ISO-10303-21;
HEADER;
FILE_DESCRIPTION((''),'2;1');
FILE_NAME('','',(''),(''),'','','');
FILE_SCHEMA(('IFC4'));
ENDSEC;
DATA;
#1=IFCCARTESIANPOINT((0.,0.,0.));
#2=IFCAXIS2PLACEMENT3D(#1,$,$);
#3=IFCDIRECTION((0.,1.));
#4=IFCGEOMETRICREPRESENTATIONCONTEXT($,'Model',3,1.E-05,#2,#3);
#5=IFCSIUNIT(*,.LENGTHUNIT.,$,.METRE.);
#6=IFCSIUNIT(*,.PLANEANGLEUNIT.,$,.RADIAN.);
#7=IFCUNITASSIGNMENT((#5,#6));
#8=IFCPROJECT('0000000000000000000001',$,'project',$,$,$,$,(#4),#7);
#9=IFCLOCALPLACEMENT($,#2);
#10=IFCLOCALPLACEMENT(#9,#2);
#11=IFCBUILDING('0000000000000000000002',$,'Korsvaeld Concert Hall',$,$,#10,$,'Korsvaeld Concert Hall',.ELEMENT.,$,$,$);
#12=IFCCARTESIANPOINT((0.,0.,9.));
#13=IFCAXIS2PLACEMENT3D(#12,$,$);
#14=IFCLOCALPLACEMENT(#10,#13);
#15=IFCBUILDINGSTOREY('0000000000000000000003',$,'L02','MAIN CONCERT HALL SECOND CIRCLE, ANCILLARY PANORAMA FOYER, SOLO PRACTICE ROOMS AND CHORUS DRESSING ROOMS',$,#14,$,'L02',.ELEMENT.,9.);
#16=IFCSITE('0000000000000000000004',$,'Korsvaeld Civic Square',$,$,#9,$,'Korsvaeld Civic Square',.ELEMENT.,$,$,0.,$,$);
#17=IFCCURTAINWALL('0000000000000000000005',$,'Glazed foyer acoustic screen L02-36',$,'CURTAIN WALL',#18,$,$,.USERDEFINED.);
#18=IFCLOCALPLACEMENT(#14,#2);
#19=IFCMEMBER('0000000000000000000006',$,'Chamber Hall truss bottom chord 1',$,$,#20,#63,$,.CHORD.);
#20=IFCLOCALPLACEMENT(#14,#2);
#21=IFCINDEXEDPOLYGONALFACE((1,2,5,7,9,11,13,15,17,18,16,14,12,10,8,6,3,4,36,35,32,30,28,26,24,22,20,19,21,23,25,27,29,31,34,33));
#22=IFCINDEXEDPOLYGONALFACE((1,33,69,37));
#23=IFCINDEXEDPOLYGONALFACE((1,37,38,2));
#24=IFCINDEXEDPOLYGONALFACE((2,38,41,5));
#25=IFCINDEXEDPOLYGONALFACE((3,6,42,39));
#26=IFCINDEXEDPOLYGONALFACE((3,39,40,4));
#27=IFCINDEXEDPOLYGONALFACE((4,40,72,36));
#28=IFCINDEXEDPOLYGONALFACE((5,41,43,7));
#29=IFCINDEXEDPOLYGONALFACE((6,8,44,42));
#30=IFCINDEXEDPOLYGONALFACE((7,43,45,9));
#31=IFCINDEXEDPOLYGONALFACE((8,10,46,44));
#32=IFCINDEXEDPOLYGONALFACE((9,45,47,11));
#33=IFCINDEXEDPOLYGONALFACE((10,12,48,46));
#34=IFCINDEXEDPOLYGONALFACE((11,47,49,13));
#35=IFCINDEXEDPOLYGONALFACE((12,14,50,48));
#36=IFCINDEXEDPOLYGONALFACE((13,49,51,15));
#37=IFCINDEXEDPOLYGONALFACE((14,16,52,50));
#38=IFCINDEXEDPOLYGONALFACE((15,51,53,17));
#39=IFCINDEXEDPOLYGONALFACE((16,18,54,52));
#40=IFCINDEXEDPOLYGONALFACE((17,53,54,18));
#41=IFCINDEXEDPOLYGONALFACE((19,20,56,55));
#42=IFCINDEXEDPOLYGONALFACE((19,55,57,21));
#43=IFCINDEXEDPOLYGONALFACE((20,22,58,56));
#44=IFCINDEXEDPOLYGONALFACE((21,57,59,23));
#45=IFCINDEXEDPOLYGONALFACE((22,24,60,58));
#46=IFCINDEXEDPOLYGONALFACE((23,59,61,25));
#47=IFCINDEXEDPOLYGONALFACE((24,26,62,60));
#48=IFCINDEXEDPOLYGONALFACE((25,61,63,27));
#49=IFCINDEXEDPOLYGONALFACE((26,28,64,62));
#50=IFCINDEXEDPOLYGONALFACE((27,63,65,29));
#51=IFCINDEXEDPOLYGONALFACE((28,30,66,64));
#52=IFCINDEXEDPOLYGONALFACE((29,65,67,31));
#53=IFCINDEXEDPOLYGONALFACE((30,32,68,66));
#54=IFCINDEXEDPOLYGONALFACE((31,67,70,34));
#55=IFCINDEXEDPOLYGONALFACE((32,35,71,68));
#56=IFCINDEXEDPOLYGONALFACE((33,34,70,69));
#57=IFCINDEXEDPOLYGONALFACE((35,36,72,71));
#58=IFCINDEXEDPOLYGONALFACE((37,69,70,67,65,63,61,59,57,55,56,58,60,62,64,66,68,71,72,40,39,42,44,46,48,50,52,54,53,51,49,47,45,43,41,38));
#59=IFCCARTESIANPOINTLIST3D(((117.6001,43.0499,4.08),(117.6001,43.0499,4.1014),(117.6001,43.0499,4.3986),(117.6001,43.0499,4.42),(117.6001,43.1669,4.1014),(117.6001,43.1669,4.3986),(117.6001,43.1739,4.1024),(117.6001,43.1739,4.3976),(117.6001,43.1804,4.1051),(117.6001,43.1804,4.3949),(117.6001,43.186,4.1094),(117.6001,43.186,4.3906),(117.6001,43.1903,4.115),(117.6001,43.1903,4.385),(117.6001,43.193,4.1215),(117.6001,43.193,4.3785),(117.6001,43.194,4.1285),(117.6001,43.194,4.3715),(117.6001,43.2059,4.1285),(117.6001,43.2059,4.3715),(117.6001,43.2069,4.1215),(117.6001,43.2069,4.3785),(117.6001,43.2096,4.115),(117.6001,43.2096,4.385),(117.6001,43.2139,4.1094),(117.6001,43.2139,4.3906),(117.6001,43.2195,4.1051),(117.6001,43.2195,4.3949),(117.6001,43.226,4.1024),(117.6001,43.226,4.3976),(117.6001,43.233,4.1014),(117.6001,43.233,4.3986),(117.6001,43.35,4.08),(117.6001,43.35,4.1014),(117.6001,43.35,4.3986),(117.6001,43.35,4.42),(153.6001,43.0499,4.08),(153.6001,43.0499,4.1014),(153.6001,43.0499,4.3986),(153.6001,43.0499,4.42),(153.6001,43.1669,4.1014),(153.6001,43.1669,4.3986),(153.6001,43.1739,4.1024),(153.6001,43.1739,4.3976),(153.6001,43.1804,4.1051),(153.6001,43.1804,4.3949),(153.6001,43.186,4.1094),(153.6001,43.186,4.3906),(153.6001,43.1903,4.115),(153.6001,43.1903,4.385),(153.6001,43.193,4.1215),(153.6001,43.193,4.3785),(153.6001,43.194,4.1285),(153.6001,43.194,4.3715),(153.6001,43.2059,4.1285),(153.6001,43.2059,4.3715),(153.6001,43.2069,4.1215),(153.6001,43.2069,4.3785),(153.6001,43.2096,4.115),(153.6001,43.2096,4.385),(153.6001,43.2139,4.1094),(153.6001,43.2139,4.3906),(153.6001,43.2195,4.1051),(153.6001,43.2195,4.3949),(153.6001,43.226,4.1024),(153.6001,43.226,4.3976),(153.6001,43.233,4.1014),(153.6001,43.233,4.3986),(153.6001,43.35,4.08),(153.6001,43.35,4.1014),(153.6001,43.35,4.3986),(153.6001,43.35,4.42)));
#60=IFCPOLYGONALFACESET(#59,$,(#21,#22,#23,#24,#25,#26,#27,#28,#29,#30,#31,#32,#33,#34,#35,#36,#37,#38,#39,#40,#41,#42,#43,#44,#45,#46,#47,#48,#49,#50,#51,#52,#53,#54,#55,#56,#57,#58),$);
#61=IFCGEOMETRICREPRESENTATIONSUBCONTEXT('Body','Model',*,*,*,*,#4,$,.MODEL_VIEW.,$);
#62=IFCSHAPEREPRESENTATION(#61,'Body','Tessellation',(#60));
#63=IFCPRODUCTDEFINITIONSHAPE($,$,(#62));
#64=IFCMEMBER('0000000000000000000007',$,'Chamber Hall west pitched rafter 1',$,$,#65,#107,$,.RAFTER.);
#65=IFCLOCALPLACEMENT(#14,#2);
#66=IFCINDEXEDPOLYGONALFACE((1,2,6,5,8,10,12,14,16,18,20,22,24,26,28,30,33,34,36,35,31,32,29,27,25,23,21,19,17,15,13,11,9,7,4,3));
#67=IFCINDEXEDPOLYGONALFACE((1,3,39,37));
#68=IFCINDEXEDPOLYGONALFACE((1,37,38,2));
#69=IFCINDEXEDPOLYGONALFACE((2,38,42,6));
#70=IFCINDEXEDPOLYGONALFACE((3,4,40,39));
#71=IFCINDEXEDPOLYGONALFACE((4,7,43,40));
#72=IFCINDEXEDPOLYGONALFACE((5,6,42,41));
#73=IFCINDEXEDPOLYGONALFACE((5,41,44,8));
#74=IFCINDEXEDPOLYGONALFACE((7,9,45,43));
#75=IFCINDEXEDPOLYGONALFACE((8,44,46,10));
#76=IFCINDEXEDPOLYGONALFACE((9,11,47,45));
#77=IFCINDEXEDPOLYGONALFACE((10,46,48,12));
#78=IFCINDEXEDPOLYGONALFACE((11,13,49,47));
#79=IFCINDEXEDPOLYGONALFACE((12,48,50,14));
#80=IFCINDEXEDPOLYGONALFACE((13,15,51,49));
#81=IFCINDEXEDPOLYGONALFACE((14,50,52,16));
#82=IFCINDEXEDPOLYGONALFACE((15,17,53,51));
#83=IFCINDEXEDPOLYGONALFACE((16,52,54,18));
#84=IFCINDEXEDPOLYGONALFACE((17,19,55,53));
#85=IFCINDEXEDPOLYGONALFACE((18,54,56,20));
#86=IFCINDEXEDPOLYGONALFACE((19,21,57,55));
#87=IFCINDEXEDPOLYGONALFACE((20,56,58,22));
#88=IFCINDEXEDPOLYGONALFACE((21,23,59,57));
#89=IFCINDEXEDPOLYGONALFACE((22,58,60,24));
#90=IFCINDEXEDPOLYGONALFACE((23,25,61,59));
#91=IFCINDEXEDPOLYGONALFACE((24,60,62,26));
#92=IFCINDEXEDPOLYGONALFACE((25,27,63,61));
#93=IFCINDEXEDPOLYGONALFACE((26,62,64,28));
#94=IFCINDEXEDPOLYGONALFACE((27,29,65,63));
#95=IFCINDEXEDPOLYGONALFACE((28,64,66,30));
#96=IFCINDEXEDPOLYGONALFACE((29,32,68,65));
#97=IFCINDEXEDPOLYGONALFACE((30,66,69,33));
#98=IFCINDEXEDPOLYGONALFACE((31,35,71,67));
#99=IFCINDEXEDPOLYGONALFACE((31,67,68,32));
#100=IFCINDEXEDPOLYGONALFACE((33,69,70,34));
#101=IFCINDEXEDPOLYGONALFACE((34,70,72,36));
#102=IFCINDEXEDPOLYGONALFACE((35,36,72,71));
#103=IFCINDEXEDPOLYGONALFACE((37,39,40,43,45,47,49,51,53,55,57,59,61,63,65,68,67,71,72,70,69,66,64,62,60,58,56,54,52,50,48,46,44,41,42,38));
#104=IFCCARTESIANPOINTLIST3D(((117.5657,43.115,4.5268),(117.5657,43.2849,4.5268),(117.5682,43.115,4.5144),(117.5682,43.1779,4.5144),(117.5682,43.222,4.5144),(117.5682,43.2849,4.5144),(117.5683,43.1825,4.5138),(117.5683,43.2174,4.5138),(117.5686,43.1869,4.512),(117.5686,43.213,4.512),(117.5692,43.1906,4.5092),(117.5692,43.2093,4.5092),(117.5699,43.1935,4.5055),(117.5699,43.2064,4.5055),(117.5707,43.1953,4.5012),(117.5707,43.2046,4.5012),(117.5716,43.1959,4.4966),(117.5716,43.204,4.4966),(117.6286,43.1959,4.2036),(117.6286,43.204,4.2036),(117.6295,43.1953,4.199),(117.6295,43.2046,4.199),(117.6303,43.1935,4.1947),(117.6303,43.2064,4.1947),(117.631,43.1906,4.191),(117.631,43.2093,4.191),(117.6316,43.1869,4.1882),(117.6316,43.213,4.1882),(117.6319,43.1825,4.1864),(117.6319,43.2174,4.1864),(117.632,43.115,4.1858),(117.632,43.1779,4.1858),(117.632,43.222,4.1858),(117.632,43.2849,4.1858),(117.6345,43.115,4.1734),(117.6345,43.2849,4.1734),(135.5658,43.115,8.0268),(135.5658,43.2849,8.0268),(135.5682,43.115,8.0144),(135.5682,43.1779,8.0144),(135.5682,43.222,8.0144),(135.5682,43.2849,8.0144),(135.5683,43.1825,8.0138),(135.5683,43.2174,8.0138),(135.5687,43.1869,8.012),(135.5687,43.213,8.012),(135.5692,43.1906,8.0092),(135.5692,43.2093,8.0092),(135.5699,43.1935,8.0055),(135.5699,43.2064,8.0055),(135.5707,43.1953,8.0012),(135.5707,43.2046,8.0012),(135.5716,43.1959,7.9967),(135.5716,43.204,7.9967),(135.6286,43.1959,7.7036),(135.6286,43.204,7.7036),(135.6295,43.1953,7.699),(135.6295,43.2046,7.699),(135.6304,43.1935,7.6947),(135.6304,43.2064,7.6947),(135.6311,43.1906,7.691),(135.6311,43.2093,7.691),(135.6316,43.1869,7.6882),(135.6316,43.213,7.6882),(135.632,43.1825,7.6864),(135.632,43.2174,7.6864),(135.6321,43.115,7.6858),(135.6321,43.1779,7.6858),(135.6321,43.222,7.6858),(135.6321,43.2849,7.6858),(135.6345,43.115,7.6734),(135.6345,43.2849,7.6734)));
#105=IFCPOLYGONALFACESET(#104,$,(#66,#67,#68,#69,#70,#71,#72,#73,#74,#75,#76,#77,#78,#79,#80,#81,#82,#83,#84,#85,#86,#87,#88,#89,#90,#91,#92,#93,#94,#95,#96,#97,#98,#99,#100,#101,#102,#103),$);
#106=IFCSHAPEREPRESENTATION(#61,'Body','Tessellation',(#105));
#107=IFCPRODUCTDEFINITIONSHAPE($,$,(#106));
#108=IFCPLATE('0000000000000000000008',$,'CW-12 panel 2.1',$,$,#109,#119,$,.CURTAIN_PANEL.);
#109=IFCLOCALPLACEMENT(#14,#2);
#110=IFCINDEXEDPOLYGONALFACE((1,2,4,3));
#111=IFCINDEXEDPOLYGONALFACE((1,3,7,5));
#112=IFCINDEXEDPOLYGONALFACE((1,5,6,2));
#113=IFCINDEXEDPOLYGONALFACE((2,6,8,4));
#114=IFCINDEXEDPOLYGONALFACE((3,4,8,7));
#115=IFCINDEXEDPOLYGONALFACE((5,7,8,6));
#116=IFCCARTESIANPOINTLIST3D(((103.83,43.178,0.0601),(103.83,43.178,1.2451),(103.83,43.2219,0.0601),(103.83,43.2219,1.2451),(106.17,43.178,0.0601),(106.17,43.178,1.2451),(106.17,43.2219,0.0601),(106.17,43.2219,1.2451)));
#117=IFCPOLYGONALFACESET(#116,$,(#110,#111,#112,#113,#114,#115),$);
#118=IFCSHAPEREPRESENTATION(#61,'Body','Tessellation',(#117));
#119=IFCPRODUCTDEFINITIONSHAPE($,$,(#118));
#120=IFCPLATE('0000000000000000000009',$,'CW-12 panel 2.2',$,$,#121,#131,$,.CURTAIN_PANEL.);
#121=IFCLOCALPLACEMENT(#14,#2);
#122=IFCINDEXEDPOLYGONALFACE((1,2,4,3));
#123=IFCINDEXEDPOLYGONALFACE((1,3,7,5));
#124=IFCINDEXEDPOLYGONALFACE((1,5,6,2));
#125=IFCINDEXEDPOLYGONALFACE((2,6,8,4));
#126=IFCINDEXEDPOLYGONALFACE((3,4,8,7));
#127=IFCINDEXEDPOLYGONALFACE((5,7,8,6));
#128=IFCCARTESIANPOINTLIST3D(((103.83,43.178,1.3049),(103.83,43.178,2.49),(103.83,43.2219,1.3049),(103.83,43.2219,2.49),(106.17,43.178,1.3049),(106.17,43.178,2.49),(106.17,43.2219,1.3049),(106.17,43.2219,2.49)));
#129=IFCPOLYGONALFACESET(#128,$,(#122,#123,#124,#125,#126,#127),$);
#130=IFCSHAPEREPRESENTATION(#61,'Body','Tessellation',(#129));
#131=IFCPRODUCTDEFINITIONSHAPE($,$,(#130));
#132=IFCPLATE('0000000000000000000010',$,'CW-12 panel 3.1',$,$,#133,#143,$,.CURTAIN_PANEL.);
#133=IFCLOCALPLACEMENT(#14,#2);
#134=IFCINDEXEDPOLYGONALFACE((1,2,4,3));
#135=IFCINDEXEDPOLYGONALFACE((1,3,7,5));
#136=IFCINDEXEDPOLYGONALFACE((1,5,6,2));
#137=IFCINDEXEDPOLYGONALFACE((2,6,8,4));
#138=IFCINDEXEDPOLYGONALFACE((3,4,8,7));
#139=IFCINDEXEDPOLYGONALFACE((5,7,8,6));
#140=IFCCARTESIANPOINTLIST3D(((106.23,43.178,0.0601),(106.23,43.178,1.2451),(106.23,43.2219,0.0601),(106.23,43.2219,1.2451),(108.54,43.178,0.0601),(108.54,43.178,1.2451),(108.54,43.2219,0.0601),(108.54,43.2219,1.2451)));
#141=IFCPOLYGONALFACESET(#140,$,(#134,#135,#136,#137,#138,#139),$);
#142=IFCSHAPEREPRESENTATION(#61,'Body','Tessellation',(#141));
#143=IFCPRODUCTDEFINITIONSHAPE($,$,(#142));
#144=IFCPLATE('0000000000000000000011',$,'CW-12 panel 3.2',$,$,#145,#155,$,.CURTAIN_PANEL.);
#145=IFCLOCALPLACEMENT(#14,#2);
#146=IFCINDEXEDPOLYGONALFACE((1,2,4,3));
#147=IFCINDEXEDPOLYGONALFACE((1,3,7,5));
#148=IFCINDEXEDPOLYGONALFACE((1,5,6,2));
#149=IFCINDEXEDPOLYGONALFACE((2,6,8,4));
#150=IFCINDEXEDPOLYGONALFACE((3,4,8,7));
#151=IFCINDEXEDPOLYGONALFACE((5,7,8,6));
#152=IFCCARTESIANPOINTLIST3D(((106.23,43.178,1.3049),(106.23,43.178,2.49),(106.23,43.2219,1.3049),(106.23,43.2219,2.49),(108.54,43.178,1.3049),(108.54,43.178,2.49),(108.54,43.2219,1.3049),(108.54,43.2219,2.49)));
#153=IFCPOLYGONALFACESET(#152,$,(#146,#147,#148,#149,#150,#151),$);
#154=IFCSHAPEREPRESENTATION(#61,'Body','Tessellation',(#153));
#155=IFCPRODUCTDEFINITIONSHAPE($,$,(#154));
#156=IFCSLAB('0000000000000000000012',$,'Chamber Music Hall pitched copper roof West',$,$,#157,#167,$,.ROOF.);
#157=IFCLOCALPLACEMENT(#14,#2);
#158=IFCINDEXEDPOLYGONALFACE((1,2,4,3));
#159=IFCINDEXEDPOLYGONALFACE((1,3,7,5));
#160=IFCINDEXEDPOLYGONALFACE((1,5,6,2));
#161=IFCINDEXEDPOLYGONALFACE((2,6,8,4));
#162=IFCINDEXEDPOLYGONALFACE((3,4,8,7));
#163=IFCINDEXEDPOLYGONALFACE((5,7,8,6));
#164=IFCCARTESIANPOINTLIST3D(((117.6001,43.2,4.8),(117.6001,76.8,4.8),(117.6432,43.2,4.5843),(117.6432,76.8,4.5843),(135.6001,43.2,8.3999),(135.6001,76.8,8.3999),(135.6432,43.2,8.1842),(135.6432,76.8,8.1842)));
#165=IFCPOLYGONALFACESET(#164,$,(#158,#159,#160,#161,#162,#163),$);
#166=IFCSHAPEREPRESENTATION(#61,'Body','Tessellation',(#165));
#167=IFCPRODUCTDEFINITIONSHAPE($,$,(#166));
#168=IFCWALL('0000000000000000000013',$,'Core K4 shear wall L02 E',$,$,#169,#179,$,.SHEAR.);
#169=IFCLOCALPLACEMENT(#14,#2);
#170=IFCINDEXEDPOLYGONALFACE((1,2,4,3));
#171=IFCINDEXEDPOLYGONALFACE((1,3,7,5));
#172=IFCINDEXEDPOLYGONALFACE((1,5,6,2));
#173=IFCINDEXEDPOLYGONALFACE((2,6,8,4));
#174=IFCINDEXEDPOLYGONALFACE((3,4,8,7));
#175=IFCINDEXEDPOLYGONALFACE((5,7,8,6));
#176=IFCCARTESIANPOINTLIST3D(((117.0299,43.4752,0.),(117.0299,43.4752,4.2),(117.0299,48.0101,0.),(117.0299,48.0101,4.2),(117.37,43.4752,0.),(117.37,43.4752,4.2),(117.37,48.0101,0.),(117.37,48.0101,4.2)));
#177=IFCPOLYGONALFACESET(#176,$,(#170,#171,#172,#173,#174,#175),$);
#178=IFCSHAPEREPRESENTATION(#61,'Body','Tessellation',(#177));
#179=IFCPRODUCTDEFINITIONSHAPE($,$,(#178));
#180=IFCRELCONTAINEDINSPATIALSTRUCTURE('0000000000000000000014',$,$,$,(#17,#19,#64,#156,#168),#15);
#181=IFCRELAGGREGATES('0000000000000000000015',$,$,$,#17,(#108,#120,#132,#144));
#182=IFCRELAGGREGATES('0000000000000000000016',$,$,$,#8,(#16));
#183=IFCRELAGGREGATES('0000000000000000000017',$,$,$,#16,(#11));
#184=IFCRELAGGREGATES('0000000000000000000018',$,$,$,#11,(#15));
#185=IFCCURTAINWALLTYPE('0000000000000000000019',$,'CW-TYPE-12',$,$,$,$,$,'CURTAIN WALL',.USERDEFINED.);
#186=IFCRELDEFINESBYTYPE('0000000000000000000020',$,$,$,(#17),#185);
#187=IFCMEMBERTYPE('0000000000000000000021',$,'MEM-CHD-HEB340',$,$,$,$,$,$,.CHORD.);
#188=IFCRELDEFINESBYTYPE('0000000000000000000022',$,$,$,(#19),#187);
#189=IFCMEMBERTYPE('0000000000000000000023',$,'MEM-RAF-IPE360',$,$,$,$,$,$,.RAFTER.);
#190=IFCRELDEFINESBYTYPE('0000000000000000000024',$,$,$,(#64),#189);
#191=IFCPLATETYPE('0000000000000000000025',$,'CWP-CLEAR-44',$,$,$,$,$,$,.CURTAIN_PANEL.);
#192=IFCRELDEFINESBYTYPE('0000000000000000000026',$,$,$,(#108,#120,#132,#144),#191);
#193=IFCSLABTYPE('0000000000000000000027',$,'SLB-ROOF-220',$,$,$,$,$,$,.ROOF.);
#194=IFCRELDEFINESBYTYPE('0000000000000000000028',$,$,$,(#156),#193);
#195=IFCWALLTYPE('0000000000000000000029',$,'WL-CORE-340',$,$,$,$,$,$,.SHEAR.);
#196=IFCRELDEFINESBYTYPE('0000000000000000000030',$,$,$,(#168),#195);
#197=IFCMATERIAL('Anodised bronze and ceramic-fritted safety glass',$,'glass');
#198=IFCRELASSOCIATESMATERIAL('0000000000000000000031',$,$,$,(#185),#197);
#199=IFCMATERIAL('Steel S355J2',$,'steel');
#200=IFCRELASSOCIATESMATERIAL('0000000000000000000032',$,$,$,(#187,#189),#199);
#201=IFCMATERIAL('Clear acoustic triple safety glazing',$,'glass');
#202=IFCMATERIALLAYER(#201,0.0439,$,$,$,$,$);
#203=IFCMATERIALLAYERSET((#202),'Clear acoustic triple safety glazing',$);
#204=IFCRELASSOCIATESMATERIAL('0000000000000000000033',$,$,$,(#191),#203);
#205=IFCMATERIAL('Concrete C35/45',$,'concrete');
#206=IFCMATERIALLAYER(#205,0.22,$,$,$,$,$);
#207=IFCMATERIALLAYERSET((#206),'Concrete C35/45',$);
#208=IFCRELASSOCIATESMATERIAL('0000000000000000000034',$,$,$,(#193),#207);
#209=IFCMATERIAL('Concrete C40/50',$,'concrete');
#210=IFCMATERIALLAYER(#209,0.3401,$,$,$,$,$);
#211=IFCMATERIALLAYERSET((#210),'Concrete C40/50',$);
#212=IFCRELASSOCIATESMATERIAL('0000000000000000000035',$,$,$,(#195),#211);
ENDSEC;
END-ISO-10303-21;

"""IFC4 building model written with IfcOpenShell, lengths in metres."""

from ifc_helpers import new_model, si_unit, direction, frame, frame_2d, origin, origin_2d, place, context, subcontext, project, spatial, polyline, rectangle, i_section, outline, extrude, material, layer, layer_set, material_profile, profile_set, type_object, element, aggregate, save


model = new_model("IFC4")

# Units and contexts
model_context = context("Model", 3, precision=1e-05, world=origin(), true_north=direction((0.0, 1.0)))
body_context = subcontext(model_context, "Body", "Model", "MODEL_VIEW")
ifc_project = project(units=[si_unit("LENGTHUNIT", "METRE"), si_unit("PLANEANGLEUNIT", "RADIAN")], contexts=[model_context])

# Site, building, storey
site_placement = place(None, origin())
site = spatial("IfcSite", under=ifc_project, at=site_placement, Name="Korsvaeld Civic Square", LongName="Korsvaeld Civic Square", CompositionType="ELEMENT", RefElevation=0.0)
building_placement = place(site_placement, origin())
building = spatial("IfcBuilding", under=site, at=building_placement, Name="Korsvaeld Concert Hall", LongName="Korsvaeld Concert Hall", CompositionType="ELEMENT")
storey_placement = place(building_placement, frame((0.0, 0.0, 9.0)))
storey = spatial("IfcBuildingStorey", under=building, at=storey_placement, Name="L02", Description="MAIN CONCERT HALL SECOND CIRCLE, ANCILLARY PANORAMA FOYER, SOLO PRACTICE ROOMS AND CHORUS DRESSING ROOMS", LongName="L02", CompositionType="ELEMENT", Elevation=9.0)

# Shared definitions
ifc_material_1 = material(Name="Concrete C40/50", Category="concrete")
ifc_material_2 = material(Name="Steel S355J2", Category="steel")

# Shared definitions
ifc_material_3 = material(Name="Concrete C35/45", Category="concrete")

# Curtain wall
ifc_material_4 = material(Name="Anodised bronze and ceramic-fritted safety glass", Category="glass")
curtain_wall_type = type_object("IfcCurtainWallType", Name="CW-TYPE-12", ElementType="CURTAIN WALL", PredefinedType="USERDEFINED", material=ifc_material_4)
curtain_wall_placement = place(storey_placement, origin())
curtain_wall = element("IfcCurtainWall", 1, at=curtain_wall_placement, inside=storey, type_object=curtain_wall_type, Name="Glazed foyer acoustic screen L02-36", ObjectType="CURTAIN WALL", PredefinedType="USERDEFINED")

# Members
ifc_material_profile_1 = material_profile(ifc_material_2, i_section(OverallWidth=0.3, OverallDepth=0.3401, WebThickness=0.012, FlangeThickness=0.0215, FilletRadius=0.0271, at=origin_2d()), Name="HEB 340")
ifc_profile_set_1 = profile_set([ifc_material_profile_1], Name="Steel S355J2")
member_type_1 = type_object("IfcMemberType", Name="MEM-CHD-HEB340", PredefinedType="CHORD", material=ifc_profile_set_1)
member_1_placement = place(storey_placement, frame((117.6001, 43.2, 4.25), z_axis=(1.0, 0.0, 0.0), x_axis=(0.0, 1.0, 0.0)))
element("IfcMember", 2, at=member_1_placement, inside=storey, type_object=member_type_1, Name="Chamber Hall truss bottom chord 1", PredefinedType="CHORD", context=body_context, shape_type="SweptSolid", body=[
    extrude(i_section(OverallWidth=0.3, OverallDepth=0.3401, WebThickness=0.012, FlangeThickness=0.0215, FilletRadius=0.0271, at=origin_2d()), origin(), (0.0, 0.0, 1.0), 36.0),
])
ifc_material_profile_2 = material_profile(ifc_material_2, i_section(OverallWidth=0.1699, OverallDepth=0.3601, WebThickness=0.0081, FlangeThickness=0.0127, FilletRadius=0.0181, at=origin_2d()), Name="IPE 360")
ifc_profile_set_2 = profile_set([ifc_material_profile_2], Name="Steel S355J2")
member_type_2 = type_object("IfcMemberType", Name="MEM-RAF-IPE360", PredefinedType="RAFTER", material=ifc_profile_set_2)
member_2_placement = place(storey_placement, frame((117.6001, 43.2, 4.3501), z_axis=(0.981615, 0.0, 0.19087), x_axis=(0.0, 1.0, 0.0)))
element("IfcMember", 3, at=member_2_placement, inside=storey, type_object=member_type_2, Name="Chamber Hall west pitched rafter 1", PredefinedType="RAFTER", context=body_context, shape_type="SweptSolid", body=[
    extrude(i_section(OverallWidth=0.1699, OverallDepth=0.3601, WebThickness=0.0081, FlangeThickness=0.0127, FilletRadius=0.0181, at=origin_2d()), origin(), (0.0, 0.0, 1.0), 18.3372),
])

# Plates
ifc_material_5 = material(Name="Clear acoustic triple safety glazing", Category="glass")
ifc_layer_1 = layer(ifc_material_5, 0.0439)
ifc_layer_set_1 = layer_set([ifc_layer_1], Name="Clear acoustic triple safety glazing")
plate_type = type_object("IfcPlateType", Name="CWP-CLEAR-44", PredefinedType="CURTAIN_PANEL", material=ifc_layer_set_1)
plate_1_placement = place(storey_placement, frame((105.0, 43.2, 0.0601), z_axis=(0.0, 0.0, 1.0), x_axis=(1.0, 0.0, 0.0)))
plate_1 = element("IfcPlate", 4, at=plate_1_placement, type_object=plate_type, Name="CW-12 panel 2.1", PredefinedType="CURTAIN_PANEL", context=body_context, shape_type="SweptSolid", body=[
    extrude(rectangle(XDim=2.3401, YDim=0.0439, at=origin_2d()), origin(), (0.0, 0.0, 1.0), 1.1851),
])
plate_2_placement = place(storey_placement, frame((105.0, 43.2, 1.3049), z_axis=(0.0, 0.0, 1.0), x_axis=(1.0, 0.0, 0.0)))
plate_2 = element("IfcPlate", 5, at=plate_2_placement, type_object=plate_type, Name="CW-12 panel 2.2", PredefinedType="CURTAIN_PANEL", context=body_context, shape_type="SweptSolid", body=[
    extrude(rectangle(XDim=2.3401, YDim=0.0439, at=origin_2d()), origin(), (0.0, 0.0, 1.0), 1.1851),
])
plate_3_placement = place(storey_placement, frame((107.385, 43.2, 0.0601), z_axis=(0.0, 0.0, 1.0), x_axis=(1.0, 0.0, 0.0)))
plate_3 = element("IfcPlate", 6, at=plate_3_placement, type_object=plate_type, Name="CW-12 panel 3.1", PredefinedType="CURTAIN_PANEL", context=body_context, shape_type="SweptSolid", body=[
    extrude(rectangle(XDim=2.3101, YDim=0.0439, at=origin_2d()), origin(), (0.0, 0.0, 1.0), 1.1851),
])
plate_4_placement = place(storey_placement, frame((107.385, 43.2, 1.3049), z_axis=(0.0, 0.0, 1.0), x_axis=(1.0, 0.0, 0.0)))
plate_4 = element("IfcPlate", 7, at=plate_4_placement, type_object=plate_type, Name="CW-12 panel 3.2", PredefinedType="CURTAIN_PANEL", context=body_context, shape_type="SweptSolid", body=[
    extrude(rectangle(XDim=2.3101, YDim=0.0439, at=origin_2d()), origin(), (0.0, 0.0, 1.0), 1.1851),
])
aggregate(curtain_wall, [plate_1, plate_2, plate_3, plate_4])

# Slab
ifc_layer_2 = layer(ifc_material_3, 0.22)
ifc_layer_set_2 = layer_set([ifc_layer_2], Name="Concrete C35/45")
slab_type = type_object("IfcSlabType", Name="SLB-ROOF-220", PredefinedType="ROOF", material=ifc_layer_set_2)
slab_placement = place(storey_placement, frame((117.6001, 43.2, 4.8), z_axis=(-0.196108, 0.0, 0.980582), x_axis=(0.980582, 0.0, 0.196108)))
element("IfcSlab", 8, at=slab_placement, inside=storey, type_object=slab_type, Name="Chamber Music Hall pitched copper roof West", PredefinedType="ROOF", context=body_context, shape_type="SweptSolid", body=[
    extrude(outline(polyline([(0.0, 0.0), (18.3564, 0.0), (18.3564, 33.6001), (0.0, 33.6001), (0.0, 0.0)])), origin(), (0.0, 0.0, -1.0), 0.22),
])

# Wall
ifc_layer_3 = layer(ifc_material_1, 0.3401)
ifc_layer_set_3 = layer_set([ifc_layer_3], Name="Concrete C40/50")
wall_type_1 = type_object("IfcWallType", Name="WL-CORE-340", PredefinedType="SHEAR", material=ifc_layer_set_3)
wall_1_placement = place(storey_placement, frame((117.2, 43.4751, 0.0), z_axis=(0.0, 0.0, 1.0), x_axis=(0.0, 1.0, 0.0)))
element("IfcWall", 9, at=wall_1_placement, inside=storey, type_object=wall_type_1, Name="Core K4 shear wall L02 E", PredefinedType="SHEAR", context=body_context, shape_type="SweptSolid", body=[
    extrude(rectangle(XDim=4.5349, YDim=0.3401, at=frame_2d((2.2676, 0.0))), origin(), (0.0, 0.0, 1.0), 4.2),
])

save(model, "model.ifc")
